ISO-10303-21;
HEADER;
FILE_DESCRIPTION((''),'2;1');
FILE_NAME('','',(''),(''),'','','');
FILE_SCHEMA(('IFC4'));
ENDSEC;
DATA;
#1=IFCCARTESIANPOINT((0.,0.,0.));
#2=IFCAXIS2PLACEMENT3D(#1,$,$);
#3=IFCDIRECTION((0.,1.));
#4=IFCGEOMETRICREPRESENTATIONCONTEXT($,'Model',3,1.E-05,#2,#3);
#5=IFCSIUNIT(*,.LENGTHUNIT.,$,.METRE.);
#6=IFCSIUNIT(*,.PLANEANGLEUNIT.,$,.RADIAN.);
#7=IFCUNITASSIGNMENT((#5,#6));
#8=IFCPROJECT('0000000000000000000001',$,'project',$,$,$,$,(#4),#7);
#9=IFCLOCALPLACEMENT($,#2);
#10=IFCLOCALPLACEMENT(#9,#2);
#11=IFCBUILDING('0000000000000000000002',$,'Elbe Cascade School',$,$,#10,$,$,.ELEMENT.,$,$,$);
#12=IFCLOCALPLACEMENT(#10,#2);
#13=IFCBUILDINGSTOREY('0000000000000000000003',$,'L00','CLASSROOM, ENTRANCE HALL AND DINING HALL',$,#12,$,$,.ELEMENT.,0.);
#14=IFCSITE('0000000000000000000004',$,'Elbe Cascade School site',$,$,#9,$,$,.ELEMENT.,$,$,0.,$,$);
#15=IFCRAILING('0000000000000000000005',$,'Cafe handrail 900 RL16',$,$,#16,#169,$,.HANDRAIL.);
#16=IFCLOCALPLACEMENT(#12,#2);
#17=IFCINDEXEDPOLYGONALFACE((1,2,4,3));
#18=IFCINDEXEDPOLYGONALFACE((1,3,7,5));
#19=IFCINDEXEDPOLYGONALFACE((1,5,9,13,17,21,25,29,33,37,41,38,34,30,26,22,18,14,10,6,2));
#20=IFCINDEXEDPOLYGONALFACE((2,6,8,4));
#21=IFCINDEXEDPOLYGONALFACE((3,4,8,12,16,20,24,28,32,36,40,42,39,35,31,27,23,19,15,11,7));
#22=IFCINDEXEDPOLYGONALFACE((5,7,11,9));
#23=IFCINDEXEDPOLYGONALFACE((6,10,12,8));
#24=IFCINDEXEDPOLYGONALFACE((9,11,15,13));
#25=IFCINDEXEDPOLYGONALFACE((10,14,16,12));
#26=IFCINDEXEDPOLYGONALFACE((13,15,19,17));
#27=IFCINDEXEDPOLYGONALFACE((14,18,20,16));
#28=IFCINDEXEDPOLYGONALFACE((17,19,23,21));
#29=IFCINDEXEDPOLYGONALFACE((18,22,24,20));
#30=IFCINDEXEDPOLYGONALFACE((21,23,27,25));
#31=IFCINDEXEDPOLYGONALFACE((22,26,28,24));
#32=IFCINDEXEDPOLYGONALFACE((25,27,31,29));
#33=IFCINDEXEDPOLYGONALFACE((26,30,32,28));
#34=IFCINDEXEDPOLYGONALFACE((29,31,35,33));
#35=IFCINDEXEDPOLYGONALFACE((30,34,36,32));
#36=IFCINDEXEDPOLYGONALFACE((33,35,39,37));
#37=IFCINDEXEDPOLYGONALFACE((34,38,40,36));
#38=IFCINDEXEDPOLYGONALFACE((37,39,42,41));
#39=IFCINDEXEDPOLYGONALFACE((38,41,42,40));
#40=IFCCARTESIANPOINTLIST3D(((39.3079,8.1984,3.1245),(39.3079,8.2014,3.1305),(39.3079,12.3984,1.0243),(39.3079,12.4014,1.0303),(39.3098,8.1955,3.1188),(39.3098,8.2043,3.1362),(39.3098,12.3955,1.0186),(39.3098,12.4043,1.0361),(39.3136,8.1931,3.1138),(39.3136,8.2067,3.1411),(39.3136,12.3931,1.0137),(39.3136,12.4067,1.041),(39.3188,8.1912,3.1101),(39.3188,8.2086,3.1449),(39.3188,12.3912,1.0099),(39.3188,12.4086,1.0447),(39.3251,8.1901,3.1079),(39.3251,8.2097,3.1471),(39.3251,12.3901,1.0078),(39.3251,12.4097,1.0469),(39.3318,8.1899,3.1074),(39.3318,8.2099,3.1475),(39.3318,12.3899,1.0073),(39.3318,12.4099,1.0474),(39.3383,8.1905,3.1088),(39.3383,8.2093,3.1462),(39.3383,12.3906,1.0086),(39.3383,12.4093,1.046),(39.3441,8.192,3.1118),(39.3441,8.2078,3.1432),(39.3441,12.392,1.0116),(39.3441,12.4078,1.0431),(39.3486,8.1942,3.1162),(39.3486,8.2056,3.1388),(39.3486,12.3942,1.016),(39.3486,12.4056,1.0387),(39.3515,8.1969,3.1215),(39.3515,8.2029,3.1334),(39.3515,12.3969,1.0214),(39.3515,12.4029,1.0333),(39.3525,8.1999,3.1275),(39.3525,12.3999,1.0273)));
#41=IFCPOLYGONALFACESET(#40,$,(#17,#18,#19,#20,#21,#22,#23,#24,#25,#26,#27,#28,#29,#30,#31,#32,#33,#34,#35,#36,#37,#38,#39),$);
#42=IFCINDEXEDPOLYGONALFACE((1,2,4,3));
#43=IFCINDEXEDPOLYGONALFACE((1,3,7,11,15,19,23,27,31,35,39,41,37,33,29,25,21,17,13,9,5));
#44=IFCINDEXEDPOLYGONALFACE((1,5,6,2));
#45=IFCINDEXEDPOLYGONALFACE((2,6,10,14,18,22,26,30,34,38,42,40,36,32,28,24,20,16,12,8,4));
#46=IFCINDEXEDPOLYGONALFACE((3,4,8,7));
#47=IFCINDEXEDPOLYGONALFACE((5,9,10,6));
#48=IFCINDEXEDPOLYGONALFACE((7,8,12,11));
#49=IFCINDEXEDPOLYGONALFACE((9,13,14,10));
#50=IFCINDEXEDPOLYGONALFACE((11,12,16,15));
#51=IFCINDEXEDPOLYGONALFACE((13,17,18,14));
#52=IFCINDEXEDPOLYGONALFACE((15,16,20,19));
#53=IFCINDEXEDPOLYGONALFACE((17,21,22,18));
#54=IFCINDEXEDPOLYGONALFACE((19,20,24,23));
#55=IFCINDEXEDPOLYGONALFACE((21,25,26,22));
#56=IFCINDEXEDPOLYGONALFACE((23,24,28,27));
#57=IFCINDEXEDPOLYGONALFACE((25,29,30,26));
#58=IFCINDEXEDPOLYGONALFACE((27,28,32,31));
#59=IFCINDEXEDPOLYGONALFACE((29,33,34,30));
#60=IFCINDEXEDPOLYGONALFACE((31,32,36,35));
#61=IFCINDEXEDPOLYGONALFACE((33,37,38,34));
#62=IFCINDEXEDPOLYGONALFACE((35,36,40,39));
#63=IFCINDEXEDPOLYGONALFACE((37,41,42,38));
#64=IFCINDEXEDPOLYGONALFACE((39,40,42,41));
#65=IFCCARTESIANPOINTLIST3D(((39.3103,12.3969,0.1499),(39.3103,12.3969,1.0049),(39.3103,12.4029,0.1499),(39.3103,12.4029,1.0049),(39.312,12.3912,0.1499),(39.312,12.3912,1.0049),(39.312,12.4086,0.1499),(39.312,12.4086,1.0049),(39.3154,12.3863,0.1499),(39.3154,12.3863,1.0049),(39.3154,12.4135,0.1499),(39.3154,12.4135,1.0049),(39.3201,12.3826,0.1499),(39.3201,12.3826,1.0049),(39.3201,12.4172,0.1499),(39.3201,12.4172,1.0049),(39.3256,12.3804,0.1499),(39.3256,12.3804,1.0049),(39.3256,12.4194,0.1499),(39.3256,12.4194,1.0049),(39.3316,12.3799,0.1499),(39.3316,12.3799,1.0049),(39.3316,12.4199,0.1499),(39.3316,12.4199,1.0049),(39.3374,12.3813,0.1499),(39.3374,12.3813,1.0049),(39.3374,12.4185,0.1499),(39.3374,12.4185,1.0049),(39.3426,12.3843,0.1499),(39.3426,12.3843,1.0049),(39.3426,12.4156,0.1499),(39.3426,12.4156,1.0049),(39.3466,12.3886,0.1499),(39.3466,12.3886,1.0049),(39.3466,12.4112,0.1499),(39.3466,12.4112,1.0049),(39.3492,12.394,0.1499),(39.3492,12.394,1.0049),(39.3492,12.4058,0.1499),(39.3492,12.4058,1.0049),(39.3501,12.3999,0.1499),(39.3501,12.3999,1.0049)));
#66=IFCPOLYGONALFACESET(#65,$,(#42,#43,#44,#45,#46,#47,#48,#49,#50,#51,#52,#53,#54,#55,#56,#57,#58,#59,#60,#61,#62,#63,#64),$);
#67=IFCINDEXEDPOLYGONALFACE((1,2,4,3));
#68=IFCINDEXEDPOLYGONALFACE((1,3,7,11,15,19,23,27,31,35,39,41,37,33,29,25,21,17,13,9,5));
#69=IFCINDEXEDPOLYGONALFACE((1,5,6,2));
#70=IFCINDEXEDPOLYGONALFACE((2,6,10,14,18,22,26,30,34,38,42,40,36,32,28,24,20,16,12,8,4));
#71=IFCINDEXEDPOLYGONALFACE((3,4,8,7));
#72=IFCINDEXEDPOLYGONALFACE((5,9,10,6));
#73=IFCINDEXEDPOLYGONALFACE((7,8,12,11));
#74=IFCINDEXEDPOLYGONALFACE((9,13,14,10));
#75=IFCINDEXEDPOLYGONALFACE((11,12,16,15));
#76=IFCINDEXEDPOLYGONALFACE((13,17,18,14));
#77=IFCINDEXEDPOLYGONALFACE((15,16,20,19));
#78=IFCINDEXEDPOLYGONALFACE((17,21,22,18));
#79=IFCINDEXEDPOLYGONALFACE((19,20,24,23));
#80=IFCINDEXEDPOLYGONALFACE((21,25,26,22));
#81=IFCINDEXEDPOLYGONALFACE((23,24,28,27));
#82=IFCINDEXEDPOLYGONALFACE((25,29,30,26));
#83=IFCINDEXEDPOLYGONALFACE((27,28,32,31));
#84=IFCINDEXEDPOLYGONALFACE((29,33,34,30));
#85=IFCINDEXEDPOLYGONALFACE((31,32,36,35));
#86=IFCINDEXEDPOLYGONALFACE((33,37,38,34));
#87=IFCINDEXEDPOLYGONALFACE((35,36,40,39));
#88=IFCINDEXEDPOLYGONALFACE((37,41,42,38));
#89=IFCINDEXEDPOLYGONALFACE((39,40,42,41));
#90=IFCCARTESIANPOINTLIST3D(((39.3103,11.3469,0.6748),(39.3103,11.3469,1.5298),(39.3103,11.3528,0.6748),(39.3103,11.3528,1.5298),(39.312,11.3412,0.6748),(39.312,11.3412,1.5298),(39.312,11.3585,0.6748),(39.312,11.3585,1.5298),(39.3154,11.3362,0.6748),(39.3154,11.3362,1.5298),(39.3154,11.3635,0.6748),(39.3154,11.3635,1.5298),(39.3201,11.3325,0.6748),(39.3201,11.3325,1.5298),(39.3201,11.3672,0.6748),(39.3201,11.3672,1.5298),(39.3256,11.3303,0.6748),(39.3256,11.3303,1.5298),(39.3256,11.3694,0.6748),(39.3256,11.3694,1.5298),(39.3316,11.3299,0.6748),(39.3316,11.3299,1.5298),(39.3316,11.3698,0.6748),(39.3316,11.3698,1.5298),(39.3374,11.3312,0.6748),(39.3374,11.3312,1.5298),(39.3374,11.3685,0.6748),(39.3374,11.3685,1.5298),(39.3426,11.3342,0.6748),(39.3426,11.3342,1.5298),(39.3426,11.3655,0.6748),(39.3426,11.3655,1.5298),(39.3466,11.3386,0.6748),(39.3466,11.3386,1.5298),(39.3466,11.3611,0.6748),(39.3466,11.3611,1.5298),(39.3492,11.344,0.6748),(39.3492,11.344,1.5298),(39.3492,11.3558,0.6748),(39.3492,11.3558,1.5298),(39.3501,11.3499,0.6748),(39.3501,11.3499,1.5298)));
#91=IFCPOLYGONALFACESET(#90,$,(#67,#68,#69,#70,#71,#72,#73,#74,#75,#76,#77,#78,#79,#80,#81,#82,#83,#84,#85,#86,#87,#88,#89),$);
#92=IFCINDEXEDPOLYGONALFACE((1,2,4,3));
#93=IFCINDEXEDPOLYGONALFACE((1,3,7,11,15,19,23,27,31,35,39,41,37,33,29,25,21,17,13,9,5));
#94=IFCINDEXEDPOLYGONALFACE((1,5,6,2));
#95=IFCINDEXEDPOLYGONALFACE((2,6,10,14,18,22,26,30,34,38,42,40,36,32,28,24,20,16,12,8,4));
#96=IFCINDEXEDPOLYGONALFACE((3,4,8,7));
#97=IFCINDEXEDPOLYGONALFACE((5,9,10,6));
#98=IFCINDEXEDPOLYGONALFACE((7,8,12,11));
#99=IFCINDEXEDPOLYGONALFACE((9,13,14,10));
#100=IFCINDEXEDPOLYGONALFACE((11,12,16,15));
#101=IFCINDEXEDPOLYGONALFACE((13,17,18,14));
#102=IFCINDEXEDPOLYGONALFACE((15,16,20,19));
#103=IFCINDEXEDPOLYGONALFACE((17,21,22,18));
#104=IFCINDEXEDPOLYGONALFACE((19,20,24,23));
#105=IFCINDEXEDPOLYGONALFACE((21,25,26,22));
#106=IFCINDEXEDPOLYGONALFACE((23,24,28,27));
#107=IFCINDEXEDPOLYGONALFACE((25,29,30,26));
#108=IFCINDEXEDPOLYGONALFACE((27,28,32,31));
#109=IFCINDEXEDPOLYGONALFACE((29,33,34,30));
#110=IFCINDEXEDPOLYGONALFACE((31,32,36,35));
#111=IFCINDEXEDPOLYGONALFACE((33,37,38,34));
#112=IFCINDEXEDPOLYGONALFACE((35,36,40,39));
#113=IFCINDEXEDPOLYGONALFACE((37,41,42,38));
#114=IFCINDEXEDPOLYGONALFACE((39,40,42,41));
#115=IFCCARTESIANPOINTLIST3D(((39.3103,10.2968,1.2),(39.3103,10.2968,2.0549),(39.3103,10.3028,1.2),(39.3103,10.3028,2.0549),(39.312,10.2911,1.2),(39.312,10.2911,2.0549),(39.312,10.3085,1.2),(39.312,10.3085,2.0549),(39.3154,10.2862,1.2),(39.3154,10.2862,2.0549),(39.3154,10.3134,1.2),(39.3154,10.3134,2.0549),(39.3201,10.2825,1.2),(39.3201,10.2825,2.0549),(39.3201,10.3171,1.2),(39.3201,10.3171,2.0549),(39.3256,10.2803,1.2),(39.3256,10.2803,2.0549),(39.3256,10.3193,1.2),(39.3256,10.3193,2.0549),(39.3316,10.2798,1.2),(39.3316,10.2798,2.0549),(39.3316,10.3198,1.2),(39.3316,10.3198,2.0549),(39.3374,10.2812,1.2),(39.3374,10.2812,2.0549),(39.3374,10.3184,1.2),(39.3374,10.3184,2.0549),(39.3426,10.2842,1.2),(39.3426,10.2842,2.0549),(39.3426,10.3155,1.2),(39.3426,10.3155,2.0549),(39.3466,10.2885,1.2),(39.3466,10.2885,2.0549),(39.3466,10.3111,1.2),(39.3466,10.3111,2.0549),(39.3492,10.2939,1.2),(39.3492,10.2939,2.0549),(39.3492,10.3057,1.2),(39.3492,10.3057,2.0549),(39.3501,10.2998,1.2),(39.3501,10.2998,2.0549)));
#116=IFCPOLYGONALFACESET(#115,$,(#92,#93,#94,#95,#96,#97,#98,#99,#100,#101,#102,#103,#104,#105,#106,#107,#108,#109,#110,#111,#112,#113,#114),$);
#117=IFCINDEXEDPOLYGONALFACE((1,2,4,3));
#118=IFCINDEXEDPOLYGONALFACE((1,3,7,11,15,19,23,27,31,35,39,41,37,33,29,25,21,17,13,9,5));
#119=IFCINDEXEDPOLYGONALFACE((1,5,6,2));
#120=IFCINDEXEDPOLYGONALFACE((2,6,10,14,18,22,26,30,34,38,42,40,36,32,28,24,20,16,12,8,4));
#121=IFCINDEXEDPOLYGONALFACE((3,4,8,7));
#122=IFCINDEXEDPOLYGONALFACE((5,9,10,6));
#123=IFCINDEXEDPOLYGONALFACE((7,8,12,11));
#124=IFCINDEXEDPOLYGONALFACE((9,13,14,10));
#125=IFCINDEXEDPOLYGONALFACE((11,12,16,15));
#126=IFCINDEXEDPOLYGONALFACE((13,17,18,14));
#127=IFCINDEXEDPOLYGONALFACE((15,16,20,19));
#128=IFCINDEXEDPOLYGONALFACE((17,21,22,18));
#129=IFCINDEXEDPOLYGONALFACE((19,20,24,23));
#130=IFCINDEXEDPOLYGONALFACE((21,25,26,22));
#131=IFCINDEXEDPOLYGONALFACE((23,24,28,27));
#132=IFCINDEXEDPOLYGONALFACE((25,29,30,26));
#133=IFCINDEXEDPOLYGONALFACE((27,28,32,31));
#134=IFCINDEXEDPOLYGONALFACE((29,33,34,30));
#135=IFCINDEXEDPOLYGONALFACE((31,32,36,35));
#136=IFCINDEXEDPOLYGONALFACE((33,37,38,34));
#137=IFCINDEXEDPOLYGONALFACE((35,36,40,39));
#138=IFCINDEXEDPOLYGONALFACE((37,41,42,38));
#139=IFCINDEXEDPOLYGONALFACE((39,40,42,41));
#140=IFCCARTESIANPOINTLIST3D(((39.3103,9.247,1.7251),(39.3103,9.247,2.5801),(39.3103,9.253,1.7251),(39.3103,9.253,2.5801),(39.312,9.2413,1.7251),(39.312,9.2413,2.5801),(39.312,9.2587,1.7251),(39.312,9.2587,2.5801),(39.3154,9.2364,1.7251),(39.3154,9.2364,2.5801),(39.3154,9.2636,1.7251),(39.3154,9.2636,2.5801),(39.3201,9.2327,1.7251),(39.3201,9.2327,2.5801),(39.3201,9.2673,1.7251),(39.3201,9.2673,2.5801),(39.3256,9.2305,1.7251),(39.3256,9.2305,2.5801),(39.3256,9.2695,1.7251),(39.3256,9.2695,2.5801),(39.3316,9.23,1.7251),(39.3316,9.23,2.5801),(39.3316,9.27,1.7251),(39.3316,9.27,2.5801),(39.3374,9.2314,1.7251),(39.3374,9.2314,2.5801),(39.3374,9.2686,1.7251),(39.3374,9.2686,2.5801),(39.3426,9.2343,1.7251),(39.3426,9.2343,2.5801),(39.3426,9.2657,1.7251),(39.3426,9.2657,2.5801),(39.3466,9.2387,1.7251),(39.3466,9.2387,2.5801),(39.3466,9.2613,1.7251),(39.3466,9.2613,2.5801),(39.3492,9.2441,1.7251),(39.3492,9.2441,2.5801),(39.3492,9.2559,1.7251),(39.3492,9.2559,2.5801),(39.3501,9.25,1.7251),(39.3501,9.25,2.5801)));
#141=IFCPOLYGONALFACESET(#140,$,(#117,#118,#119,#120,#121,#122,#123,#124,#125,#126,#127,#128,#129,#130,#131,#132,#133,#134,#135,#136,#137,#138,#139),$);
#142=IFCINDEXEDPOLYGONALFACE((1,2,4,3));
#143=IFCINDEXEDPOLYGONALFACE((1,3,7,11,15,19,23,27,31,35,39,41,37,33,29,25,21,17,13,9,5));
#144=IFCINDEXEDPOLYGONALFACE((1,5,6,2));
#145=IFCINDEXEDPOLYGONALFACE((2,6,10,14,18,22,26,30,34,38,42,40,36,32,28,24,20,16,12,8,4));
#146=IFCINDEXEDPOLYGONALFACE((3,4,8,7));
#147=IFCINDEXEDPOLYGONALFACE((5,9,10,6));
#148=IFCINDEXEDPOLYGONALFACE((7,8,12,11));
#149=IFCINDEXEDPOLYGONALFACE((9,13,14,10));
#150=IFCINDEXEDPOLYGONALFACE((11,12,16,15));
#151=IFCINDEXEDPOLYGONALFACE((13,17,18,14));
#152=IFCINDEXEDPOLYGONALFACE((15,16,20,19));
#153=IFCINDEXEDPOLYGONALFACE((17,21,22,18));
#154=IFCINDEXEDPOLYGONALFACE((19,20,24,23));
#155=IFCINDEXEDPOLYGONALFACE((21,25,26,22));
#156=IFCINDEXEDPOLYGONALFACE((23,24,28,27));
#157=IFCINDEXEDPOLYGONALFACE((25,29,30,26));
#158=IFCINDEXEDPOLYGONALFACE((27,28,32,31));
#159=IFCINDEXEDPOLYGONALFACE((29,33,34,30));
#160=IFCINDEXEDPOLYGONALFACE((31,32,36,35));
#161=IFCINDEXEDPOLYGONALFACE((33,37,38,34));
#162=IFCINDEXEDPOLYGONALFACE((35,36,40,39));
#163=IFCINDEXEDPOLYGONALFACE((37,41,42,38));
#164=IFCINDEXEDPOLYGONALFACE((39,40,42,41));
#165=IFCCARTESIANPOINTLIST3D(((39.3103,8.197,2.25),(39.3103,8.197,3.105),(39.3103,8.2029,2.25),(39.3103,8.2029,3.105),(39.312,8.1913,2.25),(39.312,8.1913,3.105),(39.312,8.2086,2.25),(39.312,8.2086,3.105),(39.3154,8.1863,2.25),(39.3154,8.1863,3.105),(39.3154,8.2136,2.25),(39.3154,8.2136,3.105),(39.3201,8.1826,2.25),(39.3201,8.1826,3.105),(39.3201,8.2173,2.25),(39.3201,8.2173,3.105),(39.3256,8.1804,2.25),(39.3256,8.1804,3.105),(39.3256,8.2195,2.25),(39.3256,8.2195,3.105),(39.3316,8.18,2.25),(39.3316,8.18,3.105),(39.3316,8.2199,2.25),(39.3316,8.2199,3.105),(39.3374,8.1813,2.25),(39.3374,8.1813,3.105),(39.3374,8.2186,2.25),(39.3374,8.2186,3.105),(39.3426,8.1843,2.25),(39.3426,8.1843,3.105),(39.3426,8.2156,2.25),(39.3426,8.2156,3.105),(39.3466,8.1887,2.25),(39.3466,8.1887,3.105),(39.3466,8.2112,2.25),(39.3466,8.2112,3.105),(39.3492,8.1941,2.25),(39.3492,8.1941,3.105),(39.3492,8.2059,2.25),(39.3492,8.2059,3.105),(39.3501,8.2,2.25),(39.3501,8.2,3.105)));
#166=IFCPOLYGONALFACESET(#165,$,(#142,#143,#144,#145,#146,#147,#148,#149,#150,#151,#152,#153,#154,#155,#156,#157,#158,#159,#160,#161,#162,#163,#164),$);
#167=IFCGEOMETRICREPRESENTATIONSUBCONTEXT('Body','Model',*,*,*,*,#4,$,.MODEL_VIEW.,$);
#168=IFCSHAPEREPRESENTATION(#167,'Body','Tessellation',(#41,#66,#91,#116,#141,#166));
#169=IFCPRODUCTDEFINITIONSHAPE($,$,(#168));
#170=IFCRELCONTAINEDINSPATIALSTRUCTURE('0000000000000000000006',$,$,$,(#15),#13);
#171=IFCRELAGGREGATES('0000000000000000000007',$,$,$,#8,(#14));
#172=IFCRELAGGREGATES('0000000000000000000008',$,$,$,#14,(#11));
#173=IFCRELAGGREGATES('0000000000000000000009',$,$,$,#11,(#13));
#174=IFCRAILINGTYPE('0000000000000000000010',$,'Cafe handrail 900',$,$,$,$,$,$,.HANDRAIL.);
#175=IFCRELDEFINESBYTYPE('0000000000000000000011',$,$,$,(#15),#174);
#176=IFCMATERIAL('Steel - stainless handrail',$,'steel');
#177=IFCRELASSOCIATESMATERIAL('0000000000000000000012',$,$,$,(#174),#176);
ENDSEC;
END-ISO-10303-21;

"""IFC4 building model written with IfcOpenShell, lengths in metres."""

from ifc_helpers import new_model, si_unit, direction, frame, origin, origin_2d, place, context, subcontext, project, spatial, circle, extrude, material, type_object, element, save


model = new_model("IFC4")

# Units and contexts
model_context = context("Model", 3, precision=1e-05, world=origin(), true_north=direction((0.0, 1.0)))
body_context = subcontext(model_context, "Body", "Model", "MODEL_VIEW")
ifc_project = project(units=[si_unit("LENGTHUNIT", "METRE"), si_unit("PLANEANGLEUNIT", "RADIAN")], contexts=[model_context])

# Site, building, storey
site_placement = place(None, origin())
site = spatial("IfcSite", under=ifc_project, at=site_placement, Name="Elbe Cascade School site", CompositionType="ELEMENT", RefElevation=0.0)
building_placement = place(site_placement, origin())
building = spatial("IfcBuilding", under=site, at=building_placement, Name="Elbe Cascade School", CompositionType="ELEMENT")
storey_placement = place(building_placement, origin())
storey = spatial("IfcBuildingStorey", under=building, at=storey_placement, Name="L00", Description="CLASSROOM, ENTRANCE HALL AND DINING HALL", CompositionType="ELEMENT", Elevation=0.0)

# Railing
ifc_material_1 = material(Name="Steel - stainless handrail", Category="steel")
railing_type_1 = type_object("IfcRailingType", Name="Cafe handrail 900", PredefinedType="HANDRAIL", material=ifc_material_1)
for number, where, name in (
    (1, (39.3301, 12.3999, 0.1499), "Cafe handrail 900 RL16"),
):
    element("IfcRailing", number, at=place(storey_placement, frame(where)), inside=storey, type_object=railing_type_1, Name=name, PredefinedType="HANDRAIL", context=body_context, shape_type="SweptSolid", body=[
        extrude(circle(Radius=0.0225, at=origin_2d()), frame((0.0, 0.0, 0.8774), z_axis=(0.0, -0.894417, 0.447234), x_axis=(1.0, 0.0, 0.0)), (0.0, 0.0, 1.0), 4.6958),
        extrude(circle(Radius=0.02, at=origin_2d()), origin(), (0.0, 0.0, 1.0), 0.855),
        extrude(circle(Radius=0.02, at=origin_2d()), frame((0.0, -1.05, 0.5249)), (0.0, 0.0, 1.0), 0.855),
        extrude(circle(Radius=0.02, at=origin_2d()), frame((0.0, -2.1001, 1.05)), (0.0, 0.0, 1.0), 0.855),
        extrude(circle(Radius=0.02, at=origin_2d()), frame((0.0, -3.1499, 1.5752)), (0.0, 0.0, 1.0), 0.855),
        extrude(circle(Radius=0.02, at=origin_2d()), frame((0.0, -4.2, 2.1001)), (0.0, 0.0, 1.0), 0.855),
    ])

save(model, "model.ifc")
